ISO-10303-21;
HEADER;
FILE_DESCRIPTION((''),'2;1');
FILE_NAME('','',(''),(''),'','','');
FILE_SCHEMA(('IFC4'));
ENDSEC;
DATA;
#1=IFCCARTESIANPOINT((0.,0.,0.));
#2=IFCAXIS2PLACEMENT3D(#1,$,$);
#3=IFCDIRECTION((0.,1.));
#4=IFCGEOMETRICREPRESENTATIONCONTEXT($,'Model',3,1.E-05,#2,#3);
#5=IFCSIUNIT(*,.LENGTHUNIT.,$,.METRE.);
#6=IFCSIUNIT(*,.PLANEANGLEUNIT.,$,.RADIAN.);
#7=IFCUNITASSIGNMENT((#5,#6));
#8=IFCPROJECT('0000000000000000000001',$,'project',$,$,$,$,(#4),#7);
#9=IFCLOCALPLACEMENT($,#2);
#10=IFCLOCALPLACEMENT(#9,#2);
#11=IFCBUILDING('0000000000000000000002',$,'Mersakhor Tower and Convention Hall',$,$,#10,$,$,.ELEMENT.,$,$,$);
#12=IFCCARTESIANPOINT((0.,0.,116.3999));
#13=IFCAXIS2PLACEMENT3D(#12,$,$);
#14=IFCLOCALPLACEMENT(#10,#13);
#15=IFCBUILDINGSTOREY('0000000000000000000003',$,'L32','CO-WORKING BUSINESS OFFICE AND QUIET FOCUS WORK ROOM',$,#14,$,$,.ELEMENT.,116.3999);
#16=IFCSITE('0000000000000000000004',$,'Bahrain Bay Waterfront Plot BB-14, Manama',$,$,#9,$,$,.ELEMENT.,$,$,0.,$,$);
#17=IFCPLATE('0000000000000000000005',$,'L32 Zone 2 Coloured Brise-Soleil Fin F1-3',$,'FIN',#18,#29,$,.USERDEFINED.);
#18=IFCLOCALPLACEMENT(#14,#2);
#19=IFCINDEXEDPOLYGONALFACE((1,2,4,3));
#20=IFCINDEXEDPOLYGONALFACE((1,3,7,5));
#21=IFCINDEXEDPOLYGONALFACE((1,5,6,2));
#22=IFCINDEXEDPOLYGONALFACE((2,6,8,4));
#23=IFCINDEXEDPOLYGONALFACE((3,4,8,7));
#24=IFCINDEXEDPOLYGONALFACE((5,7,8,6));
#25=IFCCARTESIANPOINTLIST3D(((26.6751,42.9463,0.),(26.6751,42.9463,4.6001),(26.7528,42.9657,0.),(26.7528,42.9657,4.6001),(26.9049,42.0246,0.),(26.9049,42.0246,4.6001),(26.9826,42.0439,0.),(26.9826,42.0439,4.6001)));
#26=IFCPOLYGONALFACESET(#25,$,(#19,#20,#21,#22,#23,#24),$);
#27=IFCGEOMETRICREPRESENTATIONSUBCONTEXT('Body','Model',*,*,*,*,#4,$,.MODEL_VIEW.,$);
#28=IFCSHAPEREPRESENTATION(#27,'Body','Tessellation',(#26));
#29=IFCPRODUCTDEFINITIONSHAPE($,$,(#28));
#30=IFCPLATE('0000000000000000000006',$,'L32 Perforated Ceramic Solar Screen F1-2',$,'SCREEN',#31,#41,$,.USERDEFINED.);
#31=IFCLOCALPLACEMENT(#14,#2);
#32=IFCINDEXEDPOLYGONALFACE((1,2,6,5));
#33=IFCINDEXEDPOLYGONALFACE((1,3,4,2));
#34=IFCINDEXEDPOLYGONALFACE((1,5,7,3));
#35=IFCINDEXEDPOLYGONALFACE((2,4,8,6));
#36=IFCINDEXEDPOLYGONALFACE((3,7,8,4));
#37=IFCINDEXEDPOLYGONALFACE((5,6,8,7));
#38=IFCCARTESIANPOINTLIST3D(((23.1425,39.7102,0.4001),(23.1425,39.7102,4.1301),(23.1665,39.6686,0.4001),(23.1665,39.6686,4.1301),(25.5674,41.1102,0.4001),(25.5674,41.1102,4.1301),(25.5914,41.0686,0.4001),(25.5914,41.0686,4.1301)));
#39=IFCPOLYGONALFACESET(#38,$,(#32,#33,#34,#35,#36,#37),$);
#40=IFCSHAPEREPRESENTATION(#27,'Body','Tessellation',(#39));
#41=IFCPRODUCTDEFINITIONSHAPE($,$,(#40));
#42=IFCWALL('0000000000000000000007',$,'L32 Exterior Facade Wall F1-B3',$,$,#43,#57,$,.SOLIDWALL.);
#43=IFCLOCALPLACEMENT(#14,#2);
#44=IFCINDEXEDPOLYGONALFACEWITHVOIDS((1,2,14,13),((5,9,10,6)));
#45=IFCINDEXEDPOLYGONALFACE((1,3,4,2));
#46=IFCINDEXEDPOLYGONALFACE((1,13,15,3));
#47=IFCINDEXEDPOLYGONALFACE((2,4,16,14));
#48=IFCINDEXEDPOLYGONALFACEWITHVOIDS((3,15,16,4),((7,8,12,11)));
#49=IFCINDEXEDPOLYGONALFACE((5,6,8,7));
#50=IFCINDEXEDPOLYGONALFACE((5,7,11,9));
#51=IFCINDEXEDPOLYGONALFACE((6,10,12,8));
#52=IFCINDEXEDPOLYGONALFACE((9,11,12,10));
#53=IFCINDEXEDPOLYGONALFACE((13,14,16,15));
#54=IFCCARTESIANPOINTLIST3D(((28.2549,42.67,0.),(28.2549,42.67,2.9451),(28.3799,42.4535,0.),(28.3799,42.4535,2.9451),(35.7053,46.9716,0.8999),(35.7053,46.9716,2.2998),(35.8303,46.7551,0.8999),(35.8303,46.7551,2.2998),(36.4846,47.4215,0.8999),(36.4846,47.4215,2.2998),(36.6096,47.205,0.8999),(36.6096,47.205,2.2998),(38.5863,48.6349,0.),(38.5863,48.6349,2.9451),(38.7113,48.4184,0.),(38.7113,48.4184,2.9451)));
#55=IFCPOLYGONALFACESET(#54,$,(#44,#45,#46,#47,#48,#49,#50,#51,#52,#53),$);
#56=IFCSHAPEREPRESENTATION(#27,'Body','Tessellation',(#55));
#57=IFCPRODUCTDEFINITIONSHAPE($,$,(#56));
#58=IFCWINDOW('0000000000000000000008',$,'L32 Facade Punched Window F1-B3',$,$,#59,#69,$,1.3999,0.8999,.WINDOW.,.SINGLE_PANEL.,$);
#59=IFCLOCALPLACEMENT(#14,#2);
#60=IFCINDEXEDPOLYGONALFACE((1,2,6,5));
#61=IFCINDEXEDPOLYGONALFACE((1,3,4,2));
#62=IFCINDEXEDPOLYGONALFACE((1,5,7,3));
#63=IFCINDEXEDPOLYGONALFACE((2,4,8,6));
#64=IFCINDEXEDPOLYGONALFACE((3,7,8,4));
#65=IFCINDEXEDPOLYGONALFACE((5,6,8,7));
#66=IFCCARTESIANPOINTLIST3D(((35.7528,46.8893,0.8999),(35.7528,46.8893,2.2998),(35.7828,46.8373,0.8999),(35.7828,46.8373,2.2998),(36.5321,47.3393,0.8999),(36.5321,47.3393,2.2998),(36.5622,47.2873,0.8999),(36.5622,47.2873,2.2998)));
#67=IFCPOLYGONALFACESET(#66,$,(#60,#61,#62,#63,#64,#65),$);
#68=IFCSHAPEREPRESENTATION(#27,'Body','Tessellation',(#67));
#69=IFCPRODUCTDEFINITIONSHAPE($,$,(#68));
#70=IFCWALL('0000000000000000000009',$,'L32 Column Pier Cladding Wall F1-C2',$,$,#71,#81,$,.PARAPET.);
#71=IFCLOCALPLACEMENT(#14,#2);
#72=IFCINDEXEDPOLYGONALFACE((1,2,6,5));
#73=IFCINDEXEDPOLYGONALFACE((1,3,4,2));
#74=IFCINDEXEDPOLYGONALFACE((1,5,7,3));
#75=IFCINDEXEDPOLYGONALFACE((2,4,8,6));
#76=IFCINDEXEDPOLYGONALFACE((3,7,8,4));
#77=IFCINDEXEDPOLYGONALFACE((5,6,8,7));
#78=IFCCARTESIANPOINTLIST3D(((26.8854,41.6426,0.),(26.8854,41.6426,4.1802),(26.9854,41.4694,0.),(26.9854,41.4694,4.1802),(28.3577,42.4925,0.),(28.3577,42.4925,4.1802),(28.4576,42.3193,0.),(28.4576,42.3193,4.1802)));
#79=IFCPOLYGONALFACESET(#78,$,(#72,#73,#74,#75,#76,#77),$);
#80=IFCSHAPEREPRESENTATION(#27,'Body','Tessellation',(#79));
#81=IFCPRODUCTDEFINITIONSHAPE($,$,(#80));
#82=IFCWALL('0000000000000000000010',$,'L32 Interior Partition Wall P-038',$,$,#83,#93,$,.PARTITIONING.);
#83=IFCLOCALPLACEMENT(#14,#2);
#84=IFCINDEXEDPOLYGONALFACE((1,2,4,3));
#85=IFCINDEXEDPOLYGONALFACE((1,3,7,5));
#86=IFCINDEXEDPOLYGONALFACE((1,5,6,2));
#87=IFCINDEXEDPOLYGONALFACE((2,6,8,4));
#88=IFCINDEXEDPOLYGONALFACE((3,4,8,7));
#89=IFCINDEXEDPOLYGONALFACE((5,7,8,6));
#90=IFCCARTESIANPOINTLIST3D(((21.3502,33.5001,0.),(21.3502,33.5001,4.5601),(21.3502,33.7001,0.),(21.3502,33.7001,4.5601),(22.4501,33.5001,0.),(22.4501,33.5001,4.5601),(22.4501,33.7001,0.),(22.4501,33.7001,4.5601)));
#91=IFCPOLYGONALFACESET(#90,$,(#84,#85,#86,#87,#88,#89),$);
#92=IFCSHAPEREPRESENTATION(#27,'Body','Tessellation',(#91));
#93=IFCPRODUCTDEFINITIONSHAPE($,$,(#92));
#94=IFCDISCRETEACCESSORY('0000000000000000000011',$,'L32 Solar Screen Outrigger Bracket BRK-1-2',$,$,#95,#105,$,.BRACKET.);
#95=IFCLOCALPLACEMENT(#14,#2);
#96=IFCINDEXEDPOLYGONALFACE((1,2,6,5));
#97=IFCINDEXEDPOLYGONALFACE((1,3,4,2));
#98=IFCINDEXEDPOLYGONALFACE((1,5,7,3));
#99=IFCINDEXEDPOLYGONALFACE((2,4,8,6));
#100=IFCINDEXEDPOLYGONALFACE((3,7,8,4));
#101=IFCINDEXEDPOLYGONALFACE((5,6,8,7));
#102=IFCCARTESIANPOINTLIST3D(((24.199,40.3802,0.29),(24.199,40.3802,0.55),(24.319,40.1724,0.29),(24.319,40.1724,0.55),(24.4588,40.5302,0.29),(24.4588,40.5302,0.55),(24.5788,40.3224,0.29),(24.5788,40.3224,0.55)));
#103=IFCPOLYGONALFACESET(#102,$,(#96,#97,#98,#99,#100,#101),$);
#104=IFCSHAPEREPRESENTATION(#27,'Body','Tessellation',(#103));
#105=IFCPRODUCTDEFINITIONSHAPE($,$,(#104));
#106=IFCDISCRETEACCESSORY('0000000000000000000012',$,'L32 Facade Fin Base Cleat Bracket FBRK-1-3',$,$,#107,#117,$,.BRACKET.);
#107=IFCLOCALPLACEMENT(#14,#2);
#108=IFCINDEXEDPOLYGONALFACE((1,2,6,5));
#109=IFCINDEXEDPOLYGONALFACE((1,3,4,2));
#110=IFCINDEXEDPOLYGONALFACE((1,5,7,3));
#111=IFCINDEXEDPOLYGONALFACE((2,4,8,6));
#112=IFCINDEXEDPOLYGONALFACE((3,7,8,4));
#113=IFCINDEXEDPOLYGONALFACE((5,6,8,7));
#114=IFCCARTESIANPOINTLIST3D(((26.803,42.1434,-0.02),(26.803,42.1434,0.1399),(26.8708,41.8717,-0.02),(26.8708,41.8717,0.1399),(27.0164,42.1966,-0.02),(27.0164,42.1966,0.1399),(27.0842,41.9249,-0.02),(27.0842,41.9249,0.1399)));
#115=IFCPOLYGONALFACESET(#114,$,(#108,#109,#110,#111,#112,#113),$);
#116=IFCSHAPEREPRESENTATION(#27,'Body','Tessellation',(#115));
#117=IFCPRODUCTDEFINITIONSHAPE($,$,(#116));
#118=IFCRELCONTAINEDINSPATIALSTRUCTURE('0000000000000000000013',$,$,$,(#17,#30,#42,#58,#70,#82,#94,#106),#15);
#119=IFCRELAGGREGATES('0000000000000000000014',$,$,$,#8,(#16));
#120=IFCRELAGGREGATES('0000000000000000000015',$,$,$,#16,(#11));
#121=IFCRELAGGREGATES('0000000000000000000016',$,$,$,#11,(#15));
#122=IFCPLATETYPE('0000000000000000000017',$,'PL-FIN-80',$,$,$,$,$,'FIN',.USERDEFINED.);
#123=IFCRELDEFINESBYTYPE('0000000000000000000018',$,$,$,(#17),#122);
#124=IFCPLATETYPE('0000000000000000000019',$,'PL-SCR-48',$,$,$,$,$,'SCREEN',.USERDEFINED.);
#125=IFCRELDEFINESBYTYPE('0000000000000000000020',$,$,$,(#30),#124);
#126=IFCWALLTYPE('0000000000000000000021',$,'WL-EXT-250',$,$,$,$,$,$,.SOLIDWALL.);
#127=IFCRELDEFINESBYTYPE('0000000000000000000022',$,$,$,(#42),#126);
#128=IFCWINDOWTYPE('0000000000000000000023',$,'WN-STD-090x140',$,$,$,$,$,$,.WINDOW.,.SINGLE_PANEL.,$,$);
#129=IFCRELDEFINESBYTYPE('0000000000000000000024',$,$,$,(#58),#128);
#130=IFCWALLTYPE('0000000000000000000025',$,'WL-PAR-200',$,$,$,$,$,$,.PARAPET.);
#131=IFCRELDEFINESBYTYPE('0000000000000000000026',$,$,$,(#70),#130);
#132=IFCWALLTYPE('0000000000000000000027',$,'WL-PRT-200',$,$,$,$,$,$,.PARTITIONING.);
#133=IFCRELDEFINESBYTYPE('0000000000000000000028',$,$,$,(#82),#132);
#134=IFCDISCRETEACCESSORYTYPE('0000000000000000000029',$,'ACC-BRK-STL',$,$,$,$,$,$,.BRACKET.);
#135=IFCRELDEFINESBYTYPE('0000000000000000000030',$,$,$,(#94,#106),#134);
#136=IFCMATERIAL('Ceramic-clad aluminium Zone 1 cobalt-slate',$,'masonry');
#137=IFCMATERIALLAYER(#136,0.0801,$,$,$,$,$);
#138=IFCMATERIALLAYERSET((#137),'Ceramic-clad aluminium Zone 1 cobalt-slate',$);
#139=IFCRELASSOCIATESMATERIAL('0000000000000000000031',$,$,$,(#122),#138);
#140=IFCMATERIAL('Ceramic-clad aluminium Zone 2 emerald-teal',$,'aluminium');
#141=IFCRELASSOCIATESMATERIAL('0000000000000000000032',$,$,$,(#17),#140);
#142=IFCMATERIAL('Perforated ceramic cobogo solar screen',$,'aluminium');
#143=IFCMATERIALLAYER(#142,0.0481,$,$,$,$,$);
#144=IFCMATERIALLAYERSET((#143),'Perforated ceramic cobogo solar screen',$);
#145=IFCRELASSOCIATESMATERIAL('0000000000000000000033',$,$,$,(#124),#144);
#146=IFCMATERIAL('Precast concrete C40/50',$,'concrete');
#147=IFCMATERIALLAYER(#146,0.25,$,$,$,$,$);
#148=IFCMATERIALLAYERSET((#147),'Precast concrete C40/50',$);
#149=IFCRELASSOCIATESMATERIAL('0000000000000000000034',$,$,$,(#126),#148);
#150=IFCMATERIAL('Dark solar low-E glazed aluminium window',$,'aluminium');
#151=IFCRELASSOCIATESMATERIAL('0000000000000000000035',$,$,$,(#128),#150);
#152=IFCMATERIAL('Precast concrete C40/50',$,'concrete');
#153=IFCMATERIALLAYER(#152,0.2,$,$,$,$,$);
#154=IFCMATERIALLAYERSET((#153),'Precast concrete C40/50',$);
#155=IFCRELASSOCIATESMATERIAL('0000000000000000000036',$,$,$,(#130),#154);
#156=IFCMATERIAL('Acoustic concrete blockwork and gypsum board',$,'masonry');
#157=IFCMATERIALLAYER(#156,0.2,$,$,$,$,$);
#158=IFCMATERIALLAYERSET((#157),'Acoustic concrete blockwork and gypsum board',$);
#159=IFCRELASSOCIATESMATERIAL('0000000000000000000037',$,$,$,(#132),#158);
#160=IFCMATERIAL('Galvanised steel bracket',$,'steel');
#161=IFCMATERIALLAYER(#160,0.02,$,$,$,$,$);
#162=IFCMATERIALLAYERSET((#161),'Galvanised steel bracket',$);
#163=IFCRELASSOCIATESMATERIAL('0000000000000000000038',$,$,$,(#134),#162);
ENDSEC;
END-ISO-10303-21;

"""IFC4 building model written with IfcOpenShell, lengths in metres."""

from ifc_helpers import new_model, si_unit, direction, frame, frame_2d, origin, origin_2d, place, context, subcontext, project, spatial, rectangle, extrude, material, layer, layer_set, type_object, element, fill, save


model = new_model("IFC4")

# Units and contexts
model_context = context("Model", 3, precision=1e-05, world=origin(), true_north=direction((0.0, 1.0)))
body_context = subcontext(model_context, "Body", "Model", "MODEL_VIEW")
ifc_project = project(units=[si_unit("LENGTHUNIT", "METRE"), si_unit("PLANEANGLEUNIT", "RADIAN")], contexts=[model_context])

# Site, building, storey
site_placement = place(None, origin())
site = spatial("IfcSite", under=ifc_project, at=site_placement, Name="Bahrain Bay Waterfront Plot BB-14, Manama", CompositionType="ELEMENT", RefElevation=0.0)
building_placement = place(site_placement, origin())
building = spatial("IfcBuilding", under=site, at=building_placement, Name="Mersakhor Tower and Convention Hall", CompositionType="ELEMENT")
storey_placement = place(building_placement, frame((0.0, 0.0, 116.3999)))
storey = spatial("IfcBuildingStorey", under=building, at=storey_placement, Name="L32", Description="CO-WORKING BUSINESS OFFICE AND QUIET FOCUS WORK ROOM", CompositionType="ELEMENT", Elevation=116.3999)

# Plates
ifc_material_1 = material(Name="Ceramic-clad aluminium Zone 2 emerald-teal", Category="aluminium")
ifc_material_2 = material(Name="Ceramic-clad aluminium Zone 1 cobalt-slate", Category="masonry")
ifc_layer_1 = layer(ifc_material_2, 0.0801)
ifc_layer_set_1 = layer_set([ifc_layer_1], Name="Ceramic-clad aluminium Zone 1 cobalt-slate")
plate_type_1 = type_object("IfcPlateType", Name="PL-FIN-80", ElementType="FIN", PredefinedType="USERDEFINED", material=ifc_layer_set_1)
plate_1_placement = place(storey_placement, frame((26.8289, 42.4951, 0.0), z_axis=(0.0, 0.0, 1.0), x_axis=(-0.241922, 0.970296, 0.0)))
element("IfcPlate", 1, at=plate_1_placement, inside=storey, type_object=plate_type_1, material=ifc_material_1, Name="L32 Zone 2 Coloured Brise-Soleil Fin F1-3", ObjectType="FIN", PredefinedType="USERDEFINED", context=body_context, shape_type="SweptSolid", body=[
    extrude(rectangle(XDim=0.95, YDim=0.0801, at=origin_2d()), origin(), (0.0, 0.0, 1.0), 4.6001),
])
ifc_material_3 = material(Name="Perforated ceramic cobogo solar screen", Category="aluminium")
ifc_layer_2 = layer(ifc_material_3, 0.0481)
ifc_layer_set_2 = layer_set([ifc_layer_2], Name="Perforated ceramic cobogo solar screen")
plate_type_2 = type_object("IfcPlateType", Name="PL-SCR-48", ElementType="SCREEN", PredefinedType="USERDEFINED", material=ifc_layer_set_2)
plate_2_placement = place(storey_placement, frame((24.3669, 40.3894, 0.4001), z_axis=(0.0, 0.0, 1.0), x_axis=(0.866025, 0.5, 0.0)))
element("IfcPlate", 2, at=plate_2_placement, inside=storey, type_object=plate_type_2, Name="L32 Perforated Ceramic Solar Screen F1-2", ObjectType="SCREEN", PredefinedType="USERDEFINED", context=body_context, shape_type="SweptSolid", body=[
    extrude(rectangle(XDim=2.8, YDim=0.0481, at=origin_2d()), origin(), (0.0, 0.0, 1.0), 3.73),
])

# Wall, opening, window
ifc_material_4 = material(Name="Precast concrete C40/50", Category="concrete")
ifc_layer_3 = layer(ifc_material_4, 0.25)
ifc_layer_set_3 = layer_set([ifc_layer_3], Name="Precast concrete C40/50")
wall_type_1 = type_object("IfcWallType", Name="WL-EXT-250", PredefinedType="SOLIDWALL", material=ifc_layer_set_3)
wall_1_placement = place(storey_placement, frame((28.3174, 42.5618, 0.0), z_axis=(0.0, 0.0, 1.0), x_axis=(0.866023, 0.500004, 0.0)))
wall_1 = element("IfcWall", 3, at=wall_1_placement, inside=storey, type_object=wall_type_1, Name="L32 Exterior Facade Wall F1-B3", PredefinedType="SOLIDWALL", context=body_context, shape_type="SweptSolid", body=[
    extrude(rectangle(XDim=11.9297, YDim=0.25, at=frame_2d((5.9648, 0.0))), origin(), (0.0, 0.0, 1.0), 2.9451),
])
opening_placement = place(wall_1_placement, frame((8.603, 0.0, 0.8999)))
opening = element("IfcOpeningElement", 4, at=opening_placement, cuts=wall_1, PredefinedType="OPENING", context=body_context, shape_type="SweptSolid", body=[
    extrude(rectangle(XDim=0.8999, YDim=1.3999, at=frame_2d((0.45, 0.7))), frame((0.0, 0.135, 0.0), z_axis=(0.0, -1.0, 0.0), x_axis=(1.0, 0.0, 0.0)), (0.0, 0.0, 1.0), 0.27),
])
ifc_material_5 = material(Name="Dark solar low-E glazed aluminium window", Category="aluminium")
window_type = type_object("IfcWindowType", Name="WN-STD-090x140", PartitioningType="SINGLE_PANEL", PredefinedType="WINDOW", material=ifc_material_5)
window_placement = place(opening_placement, origin())
window = element("IfcWindow", 5, at=window_placement, inside=storey, type_object=window_type, Name="L32 Facade Punched Window F1-B3", OverallHeight=1.3999, OverallWidth=0.8999, PartitioningType="SINGLE_PANEL", PredefinedType="WINDOW", context=body_context, shape_type="SweptSolid", body=[
    extrude(rectangle(XDim=0.8999, YDim=1.3999, at=frame_2d((0.45, 0.7))), frame((0.0, 0.03, 0.0), z_axis=(0.0, -1.0, 0.0), x_axis=(1.0, 0.0, 0.0)), (0.0, 0.0, 1.0), 0.0601),
])
fill(opening, window)

# Walls
ifc_material_6 = material(Name="Precast concrete C40/50", Category="concrete")
ifc_layer_4 = layer(ifc_material_6, 0.2)
ifc_layer_set_4 = layer_set([ifc_layer_4], Name="Precast concrete C40/50")
wall_type_2 = type_object("IfcWallType", Name="WL-PAR-200", PredefinedType="PARAPET", material=ifc_layer_set_4)
wall_2_placement = place(storey_placement, frame((26.9353, 41.5559, 0.0), z_axis=(0.0, 0.0, 1.0), x_axis=(0.866052, 0.499955, 0.0)))
element("IfcWall", 6, at=wall_2_placement, inside=storey, type_object=wall_type_2, Name="L32 Column Pier Cladding Wall F1-C2", PredefinedType="PARAPET", context=body_context, shape_type="SweptSolid", body=[
    extrude(rectangle(XDim=1.7, YDim=0.2, at=frame_2d((0.8501, 0.0))), origin(), (0.0, 0.0, 1.0), 4.1802),
])
ifc_material_7 = material(Name="Acoustic concrete blockwork and gypsum board", Category="masonry")
ifc_layer_5 = layer(ifc_material_7, 0.2)
ifc_layer_set_5 = layer_set([ifc_layer_5], Name="Acoustic concrete blockwork and gypsum board")
wall_type_3 = type_object("IfcWallType", Name="WL-PRT-200", PredefinedType="PARTITIONING", material=ifc_layer_set_5)
wall_3_placement = place(storey_placement, frame((22.45, 33.6001, 0.0), z_axis=(0.0, 0.0, 1.0), x_axis=(-1.0, 0.0, 0.0)))
element("IfcWall", 7, at=wall_3_placement, inside=storey, type_object=wall_type_3, Name="L32 Interior Partition Wall P-038", PredefinedType="PARTITIONING", context=body_context, shape_type="SweptSolid", body=[
    extrude(rectangle(XDim=1.0999, YDim=0.2, at=frame_2d((0.5498, 0.0))), origin(), (0.0, 0.0, 1.0), 4.5601),
])

# Discrete accessories
ifc_material_8 = material(Name="Galvanised steel bracket", Category="steel")
ifc_layer_6 = layer(ifc_material_8, 0.02)
ifc_layer_set_6 = layer_set([ifc_layer_6], Name="Galvanised steel bracket")
discrete_accessory_type = type_object("IfcDiscreteAccessoryType", Name="ACC-BRK-STL", PredefinedType="BRACKET", material=ifc_layer_set_6)
discrete_accessory_1_placement = place(storey_placement, frame((24.3889, 40.3513, 0.29), z_axis=(0.0, 0.0, 1.0), x_axis=(0.866025, 0.5, 0.0)))
element("IfcDiscreteAccessory", 8, at=discrete_accessory_1_placement, inside=storey, type_object=discrete_accessory_type, Name="L32 Solar Screen Outrigger Bracket BRK-1-2", PredefinedType="BRACKET", context=body_context, shape_type="SweptSolid", body=[
    extrude(rectangle(XDim=0.3, YDim=0.24, at=origin_2d()), origin(), (0.0, 0.0, 1.0), 0.26),
])
discrete_accessory_2_placement = place(storey_placement, frame((26.9436, 42.0342, -0.02), z_axis=(0.0, 0.0, 1.0), x_axis=(-0.241922, 0.970296, 0.0)))
element("IfcDiscreteAccessory", 9, at=discrete_accessory_2_placement, inside=storey, type_object=discrete_accessory_type, Name="L32 Facade Fin Base Cleat Bracket FBRK-1-3", PredefinedType="BRACKET", context=body_context, shape_type="SweptSolid", body=[
    extrude(rectangle(XDim=0.28, YDim=0.22, at=origin_2d()), origin(), (0.0, 0.0, 1.0), 0.1599),
])

save(model, "model.ifc")
